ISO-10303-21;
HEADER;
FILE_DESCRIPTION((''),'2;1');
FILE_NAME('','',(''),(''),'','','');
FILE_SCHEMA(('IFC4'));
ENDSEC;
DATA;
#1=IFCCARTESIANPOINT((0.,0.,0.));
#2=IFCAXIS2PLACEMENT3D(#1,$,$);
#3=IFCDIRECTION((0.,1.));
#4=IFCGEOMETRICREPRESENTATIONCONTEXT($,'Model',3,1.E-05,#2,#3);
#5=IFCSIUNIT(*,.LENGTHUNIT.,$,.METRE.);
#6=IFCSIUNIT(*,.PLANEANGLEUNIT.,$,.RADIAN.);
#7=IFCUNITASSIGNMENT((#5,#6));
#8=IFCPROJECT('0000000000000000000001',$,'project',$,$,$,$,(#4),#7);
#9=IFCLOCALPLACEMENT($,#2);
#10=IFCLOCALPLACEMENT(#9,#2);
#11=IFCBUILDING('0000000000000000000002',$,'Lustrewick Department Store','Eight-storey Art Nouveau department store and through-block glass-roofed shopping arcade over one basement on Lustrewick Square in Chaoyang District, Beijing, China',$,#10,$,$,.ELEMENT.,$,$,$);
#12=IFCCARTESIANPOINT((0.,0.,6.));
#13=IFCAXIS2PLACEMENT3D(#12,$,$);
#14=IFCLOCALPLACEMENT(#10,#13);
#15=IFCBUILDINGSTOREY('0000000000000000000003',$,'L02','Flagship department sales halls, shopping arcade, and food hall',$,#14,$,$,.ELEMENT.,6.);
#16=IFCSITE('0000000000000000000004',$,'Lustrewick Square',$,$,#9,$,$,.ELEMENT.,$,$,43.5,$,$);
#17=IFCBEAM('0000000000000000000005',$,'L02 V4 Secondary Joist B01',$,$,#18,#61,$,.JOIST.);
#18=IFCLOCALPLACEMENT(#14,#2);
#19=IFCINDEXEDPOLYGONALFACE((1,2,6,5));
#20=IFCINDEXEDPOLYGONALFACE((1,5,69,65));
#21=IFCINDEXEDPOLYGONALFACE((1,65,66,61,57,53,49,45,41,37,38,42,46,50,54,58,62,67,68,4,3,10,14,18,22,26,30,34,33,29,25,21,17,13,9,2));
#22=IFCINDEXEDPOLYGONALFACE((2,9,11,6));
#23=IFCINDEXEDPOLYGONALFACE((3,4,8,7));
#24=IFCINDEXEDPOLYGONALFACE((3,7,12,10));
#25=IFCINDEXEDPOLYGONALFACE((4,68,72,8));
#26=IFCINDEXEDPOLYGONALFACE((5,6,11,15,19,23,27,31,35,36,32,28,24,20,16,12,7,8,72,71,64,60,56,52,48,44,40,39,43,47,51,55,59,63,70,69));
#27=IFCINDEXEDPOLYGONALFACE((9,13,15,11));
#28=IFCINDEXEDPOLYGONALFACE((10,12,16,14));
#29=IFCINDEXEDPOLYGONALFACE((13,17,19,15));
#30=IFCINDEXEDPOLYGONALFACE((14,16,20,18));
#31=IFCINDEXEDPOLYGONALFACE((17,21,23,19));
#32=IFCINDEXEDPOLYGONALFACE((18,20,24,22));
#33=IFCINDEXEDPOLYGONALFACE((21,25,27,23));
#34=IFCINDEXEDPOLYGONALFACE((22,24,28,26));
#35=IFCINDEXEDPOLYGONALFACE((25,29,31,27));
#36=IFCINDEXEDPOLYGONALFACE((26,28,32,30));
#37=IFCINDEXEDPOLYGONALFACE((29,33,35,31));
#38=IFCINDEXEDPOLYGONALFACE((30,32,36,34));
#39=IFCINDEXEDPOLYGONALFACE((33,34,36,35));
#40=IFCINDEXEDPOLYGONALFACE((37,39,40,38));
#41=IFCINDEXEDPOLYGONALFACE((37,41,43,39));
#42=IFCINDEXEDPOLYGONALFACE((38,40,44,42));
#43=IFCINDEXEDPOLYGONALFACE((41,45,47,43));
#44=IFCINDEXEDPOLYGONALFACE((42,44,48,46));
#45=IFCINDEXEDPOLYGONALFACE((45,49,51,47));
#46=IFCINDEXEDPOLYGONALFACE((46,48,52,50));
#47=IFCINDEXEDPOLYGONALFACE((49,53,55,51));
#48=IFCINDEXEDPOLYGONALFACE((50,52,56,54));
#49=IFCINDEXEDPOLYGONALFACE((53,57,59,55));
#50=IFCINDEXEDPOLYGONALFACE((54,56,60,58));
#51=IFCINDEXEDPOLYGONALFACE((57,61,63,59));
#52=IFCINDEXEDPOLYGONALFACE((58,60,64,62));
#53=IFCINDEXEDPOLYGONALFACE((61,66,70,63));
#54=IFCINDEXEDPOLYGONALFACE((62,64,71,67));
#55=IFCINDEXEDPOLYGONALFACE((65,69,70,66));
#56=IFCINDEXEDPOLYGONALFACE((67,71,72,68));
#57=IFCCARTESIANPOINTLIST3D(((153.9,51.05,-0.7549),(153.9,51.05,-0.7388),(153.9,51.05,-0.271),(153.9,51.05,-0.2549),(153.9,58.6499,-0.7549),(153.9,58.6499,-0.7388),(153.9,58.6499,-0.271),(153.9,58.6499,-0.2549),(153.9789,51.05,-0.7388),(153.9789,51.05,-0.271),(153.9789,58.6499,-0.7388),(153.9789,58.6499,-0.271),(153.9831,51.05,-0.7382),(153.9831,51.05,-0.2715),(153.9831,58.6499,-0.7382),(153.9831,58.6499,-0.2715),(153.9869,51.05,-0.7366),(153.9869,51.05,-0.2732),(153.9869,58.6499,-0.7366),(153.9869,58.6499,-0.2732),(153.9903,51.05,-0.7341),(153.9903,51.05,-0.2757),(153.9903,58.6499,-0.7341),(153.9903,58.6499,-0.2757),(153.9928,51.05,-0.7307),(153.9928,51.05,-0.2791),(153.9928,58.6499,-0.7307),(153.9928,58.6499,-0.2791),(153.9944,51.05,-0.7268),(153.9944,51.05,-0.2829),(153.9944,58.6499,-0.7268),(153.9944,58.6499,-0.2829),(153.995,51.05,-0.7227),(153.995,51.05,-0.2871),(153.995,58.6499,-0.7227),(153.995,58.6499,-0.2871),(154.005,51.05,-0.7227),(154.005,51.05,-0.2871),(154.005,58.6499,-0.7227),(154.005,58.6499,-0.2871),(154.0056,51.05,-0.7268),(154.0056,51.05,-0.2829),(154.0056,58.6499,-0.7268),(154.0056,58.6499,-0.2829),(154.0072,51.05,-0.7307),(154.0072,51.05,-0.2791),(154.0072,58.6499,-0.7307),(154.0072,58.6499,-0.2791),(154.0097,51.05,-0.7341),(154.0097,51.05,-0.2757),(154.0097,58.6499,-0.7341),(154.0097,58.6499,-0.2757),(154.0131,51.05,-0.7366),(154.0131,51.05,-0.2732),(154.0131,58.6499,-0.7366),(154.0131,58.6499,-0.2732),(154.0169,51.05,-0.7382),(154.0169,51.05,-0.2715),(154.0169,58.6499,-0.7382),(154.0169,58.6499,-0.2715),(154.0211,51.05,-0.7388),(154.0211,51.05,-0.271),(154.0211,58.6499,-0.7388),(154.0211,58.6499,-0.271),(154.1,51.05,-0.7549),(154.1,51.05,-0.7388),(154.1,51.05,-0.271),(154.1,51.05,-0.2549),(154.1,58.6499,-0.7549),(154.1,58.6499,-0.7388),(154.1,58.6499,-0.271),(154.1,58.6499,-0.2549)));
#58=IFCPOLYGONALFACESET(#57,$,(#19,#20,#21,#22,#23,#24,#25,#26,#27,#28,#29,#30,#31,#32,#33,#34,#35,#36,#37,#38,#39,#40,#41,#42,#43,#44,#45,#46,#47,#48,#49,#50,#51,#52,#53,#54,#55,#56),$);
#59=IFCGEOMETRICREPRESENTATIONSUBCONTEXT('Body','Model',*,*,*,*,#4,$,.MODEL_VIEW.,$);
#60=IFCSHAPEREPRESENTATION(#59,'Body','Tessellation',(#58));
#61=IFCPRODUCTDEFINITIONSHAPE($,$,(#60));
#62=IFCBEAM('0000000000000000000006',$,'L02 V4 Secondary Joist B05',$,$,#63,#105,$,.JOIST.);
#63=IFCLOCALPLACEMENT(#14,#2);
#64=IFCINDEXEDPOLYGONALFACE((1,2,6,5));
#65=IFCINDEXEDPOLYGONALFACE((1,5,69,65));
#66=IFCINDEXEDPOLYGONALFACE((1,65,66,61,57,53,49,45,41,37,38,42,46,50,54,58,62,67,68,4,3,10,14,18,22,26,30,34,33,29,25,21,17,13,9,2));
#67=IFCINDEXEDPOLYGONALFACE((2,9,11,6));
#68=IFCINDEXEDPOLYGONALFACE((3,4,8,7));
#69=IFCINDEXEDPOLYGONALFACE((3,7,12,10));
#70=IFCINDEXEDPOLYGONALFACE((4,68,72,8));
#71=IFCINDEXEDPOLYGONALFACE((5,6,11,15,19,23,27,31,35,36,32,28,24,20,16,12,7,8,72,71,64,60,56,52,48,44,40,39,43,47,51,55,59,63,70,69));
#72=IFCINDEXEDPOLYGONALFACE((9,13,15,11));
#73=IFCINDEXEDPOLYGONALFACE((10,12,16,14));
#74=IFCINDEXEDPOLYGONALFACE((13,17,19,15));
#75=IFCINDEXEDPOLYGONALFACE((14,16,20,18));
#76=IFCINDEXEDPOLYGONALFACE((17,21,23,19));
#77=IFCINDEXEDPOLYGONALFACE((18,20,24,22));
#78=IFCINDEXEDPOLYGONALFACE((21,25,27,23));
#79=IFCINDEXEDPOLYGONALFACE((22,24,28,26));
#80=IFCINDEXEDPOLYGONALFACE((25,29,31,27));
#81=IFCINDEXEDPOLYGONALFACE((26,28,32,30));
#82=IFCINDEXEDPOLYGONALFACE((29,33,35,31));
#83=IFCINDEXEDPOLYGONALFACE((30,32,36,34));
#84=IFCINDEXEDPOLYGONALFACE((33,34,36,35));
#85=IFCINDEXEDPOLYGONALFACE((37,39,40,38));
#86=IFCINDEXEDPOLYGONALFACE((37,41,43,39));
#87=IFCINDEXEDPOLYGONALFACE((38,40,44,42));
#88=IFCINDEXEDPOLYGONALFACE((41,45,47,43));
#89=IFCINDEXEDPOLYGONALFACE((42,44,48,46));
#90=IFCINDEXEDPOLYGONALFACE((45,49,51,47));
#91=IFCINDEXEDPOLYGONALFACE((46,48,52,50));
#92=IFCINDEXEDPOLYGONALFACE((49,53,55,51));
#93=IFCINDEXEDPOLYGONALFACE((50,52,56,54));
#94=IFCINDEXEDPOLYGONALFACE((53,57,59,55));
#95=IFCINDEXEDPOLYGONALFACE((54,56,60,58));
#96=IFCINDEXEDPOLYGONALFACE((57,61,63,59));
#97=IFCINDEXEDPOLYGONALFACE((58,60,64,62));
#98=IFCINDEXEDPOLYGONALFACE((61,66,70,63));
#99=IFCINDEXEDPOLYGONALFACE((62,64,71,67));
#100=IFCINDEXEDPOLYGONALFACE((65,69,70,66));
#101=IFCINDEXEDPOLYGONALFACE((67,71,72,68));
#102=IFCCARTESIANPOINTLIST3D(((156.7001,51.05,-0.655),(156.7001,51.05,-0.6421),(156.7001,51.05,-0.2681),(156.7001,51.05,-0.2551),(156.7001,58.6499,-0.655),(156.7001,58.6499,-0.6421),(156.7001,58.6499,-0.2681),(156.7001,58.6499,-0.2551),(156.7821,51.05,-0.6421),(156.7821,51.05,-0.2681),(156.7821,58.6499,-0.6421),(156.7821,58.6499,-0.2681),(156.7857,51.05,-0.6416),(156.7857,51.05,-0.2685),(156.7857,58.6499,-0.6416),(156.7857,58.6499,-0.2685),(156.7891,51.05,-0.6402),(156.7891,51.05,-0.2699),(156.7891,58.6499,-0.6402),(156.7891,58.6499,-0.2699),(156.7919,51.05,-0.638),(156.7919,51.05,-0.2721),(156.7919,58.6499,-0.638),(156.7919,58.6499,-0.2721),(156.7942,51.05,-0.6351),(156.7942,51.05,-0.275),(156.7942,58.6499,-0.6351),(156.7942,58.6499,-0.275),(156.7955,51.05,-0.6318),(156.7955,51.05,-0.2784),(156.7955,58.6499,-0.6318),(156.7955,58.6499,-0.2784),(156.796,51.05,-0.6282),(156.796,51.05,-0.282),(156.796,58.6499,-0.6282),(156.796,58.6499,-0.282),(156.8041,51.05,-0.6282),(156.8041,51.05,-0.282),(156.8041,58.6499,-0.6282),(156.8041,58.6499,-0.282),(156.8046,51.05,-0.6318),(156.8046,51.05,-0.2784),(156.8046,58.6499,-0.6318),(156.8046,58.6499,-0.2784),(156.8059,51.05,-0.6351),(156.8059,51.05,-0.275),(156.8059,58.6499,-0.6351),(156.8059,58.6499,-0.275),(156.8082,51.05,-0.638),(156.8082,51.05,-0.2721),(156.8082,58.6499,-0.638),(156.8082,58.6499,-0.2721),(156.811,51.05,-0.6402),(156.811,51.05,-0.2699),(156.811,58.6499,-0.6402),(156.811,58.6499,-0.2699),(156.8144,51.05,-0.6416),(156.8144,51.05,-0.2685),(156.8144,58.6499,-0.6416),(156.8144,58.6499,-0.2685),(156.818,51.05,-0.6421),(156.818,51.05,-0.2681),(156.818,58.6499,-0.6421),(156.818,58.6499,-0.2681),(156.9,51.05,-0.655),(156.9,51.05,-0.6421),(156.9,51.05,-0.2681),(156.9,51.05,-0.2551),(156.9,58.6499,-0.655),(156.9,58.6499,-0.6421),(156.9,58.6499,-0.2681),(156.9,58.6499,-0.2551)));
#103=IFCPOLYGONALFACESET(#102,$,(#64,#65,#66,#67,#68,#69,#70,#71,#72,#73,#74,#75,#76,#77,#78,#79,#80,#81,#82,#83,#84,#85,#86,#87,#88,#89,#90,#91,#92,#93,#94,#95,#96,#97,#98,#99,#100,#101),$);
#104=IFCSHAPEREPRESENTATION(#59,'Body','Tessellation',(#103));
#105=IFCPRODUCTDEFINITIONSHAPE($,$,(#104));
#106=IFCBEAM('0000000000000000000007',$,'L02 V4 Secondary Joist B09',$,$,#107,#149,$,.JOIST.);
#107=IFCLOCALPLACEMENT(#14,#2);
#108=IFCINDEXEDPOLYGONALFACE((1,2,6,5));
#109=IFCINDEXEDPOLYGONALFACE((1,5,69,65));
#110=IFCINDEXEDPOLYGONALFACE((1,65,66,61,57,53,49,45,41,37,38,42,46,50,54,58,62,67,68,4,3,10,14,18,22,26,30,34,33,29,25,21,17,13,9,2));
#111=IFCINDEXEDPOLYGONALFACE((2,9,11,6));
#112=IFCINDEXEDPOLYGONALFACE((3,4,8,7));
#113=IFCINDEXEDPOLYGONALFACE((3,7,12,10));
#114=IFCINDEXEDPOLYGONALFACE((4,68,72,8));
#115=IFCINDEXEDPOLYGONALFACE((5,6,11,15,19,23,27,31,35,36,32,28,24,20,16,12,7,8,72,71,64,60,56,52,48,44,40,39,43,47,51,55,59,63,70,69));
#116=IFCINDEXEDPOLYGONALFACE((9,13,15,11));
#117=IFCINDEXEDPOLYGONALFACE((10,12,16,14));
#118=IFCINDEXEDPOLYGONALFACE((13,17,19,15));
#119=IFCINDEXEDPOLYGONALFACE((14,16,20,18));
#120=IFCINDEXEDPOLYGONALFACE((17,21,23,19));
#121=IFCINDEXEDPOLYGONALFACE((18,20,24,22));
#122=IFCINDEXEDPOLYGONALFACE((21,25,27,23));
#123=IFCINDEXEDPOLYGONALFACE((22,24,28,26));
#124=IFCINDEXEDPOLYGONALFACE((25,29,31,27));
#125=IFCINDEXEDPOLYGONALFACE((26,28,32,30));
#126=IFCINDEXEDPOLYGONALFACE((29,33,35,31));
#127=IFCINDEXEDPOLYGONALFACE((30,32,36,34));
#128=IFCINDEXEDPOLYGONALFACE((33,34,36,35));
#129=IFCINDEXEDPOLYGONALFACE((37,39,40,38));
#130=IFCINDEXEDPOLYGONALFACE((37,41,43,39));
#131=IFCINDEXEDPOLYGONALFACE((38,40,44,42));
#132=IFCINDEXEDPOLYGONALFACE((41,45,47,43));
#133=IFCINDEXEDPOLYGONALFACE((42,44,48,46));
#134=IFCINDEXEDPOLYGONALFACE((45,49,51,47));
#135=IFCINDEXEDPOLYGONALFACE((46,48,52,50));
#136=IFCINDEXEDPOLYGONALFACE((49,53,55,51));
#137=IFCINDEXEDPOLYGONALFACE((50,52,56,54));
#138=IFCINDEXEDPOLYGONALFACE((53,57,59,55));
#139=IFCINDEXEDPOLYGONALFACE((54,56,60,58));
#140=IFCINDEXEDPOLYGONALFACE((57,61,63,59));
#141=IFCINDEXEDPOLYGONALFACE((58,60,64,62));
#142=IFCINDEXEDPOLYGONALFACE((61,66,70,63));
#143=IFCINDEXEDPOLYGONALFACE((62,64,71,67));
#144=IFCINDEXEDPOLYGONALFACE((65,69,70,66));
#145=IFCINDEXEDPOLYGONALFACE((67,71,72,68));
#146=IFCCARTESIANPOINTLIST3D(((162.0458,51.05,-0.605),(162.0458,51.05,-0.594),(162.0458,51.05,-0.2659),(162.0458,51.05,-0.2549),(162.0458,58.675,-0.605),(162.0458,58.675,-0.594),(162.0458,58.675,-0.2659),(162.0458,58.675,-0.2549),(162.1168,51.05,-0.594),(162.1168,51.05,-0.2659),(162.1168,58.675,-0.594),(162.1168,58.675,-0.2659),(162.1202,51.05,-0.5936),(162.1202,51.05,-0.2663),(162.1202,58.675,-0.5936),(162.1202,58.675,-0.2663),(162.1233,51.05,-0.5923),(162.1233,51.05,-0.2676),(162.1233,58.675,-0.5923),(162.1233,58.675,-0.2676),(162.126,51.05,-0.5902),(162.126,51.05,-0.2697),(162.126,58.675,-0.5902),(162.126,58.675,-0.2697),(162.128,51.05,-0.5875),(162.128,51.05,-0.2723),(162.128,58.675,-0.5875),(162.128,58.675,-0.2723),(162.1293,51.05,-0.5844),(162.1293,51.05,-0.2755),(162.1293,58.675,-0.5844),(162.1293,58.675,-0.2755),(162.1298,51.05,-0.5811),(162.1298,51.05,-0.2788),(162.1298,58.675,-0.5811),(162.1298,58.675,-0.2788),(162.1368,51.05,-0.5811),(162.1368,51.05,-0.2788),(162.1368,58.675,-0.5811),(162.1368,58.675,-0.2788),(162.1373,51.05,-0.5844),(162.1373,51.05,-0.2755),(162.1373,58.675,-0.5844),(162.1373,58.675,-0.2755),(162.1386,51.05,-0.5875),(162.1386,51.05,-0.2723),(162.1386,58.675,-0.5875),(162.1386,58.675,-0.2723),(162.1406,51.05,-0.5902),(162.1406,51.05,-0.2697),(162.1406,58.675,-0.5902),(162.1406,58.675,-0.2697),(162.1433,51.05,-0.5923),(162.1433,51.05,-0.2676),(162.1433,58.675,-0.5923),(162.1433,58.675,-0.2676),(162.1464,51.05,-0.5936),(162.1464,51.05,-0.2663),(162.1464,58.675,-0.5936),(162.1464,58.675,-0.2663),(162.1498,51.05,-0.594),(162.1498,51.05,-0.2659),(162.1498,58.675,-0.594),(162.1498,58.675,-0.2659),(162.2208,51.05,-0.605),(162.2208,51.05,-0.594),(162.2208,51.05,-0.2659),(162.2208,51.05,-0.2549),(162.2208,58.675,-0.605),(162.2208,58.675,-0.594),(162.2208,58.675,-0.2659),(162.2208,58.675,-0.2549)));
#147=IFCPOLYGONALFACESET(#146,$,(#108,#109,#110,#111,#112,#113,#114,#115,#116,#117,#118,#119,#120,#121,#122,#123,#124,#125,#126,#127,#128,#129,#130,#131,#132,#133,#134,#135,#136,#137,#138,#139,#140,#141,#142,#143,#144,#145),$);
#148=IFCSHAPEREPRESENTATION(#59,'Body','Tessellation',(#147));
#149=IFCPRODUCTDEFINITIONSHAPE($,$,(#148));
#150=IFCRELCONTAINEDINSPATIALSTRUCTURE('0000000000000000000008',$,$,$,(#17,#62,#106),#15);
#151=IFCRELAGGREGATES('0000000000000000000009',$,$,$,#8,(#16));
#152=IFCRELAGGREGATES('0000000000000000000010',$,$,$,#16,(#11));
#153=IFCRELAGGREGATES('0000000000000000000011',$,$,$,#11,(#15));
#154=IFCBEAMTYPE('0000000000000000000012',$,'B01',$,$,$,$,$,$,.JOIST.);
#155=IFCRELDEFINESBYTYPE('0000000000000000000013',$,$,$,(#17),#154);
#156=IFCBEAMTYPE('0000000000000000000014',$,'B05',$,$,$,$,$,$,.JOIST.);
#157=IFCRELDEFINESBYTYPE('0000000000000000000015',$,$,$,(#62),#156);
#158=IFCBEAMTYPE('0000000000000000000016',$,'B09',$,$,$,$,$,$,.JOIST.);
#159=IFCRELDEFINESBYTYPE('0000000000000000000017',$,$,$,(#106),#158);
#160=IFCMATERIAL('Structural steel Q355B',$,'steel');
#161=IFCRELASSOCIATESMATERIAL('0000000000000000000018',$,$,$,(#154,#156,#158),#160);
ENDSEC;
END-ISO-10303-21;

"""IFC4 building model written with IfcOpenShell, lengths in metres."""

from ifc_helpers import new_model, si_unit, direction, frame, origin, origin_2d, place, context, subcontext, project, spatial, i_section, extrude, material, material_profile, profile_set, type_object, element, save


model = new_model("IFC4")

# Units and contexts
model_context = context("Model", 3, precision=1e-05, world=origin(), true_north=direction((0.0, 1.0)))
body_context = subcontext(model_context, "Body", "Model", "MODEL_VIEW")
ifc_project = project(units=[si_unit("LENGTHUNIT", "METRE"), si_unit("PLANEANGLEUNIT", "RADIAN")], contexts=[model_context])

# Site, building, storey
site_placement = place(None, origin())
site = spatial("IfcSite", under=ifc_project, at=site_placement, Name="Lustrewick Square", CompositionType="ELEMENT", RefElevation=43.5)
building_placement = place(site_placement, origin())
building = spatial("IfcBuilding", under=site, at=building_placement, Name="Lustrewick Department Store", Description="Eight-storey Art Nouveau department store and through-block glass-roofed shopping arcade over one basement on Lustrewick Square in Chaoyang District, Beijing, China", CompositionType="ELEMENT")
storey_placement = place(building_placement, frame((0.0, 0.0, 6.0)))
storey = spatial("IfcBuildingStorey", under=building, at=storey_placement, Name="L02", Description="Flagship department sales halls, shopping arcade, and food hall", CompositionType="ELEMENT", Elevation=6.0)

# Shared definitions
ifc_material_1 = material(Name="Structural steel Q355B", Category="steel")

# Beams
ifc_material_profile_1 = material_profile(ifc_material_1, i_section(OverallWidth=0.2, OverallDepth=0.5, WebThickness=0.01, FlangeThickness=0.0161, FilletRadius=0.0161, at=origin_2d()), Name="HN 500x200x10x16")
ifc_profile_set_1 = profile_set([ifc_material_profile_1], Name="Structural steel Q355B")
beam_type_1 = type_object("IfcBeamType", Name="B01", PredefinedType="JOIST", material=ifc_profile_set_1)
beam_1_placement = place(storey_placement, frame((154.0, 51.05, -0.5049), z_axis=(0.0, 1.0, 0.0), x_axis=(-1.0, 0.0, 0.0)))
element("IfcBeam", 1, at=beam_1_placement, inside=storey, type_object=beam_type_1, Name="L02 V4 Secondary Joist B01", PredefinedType="JOIST", context=body_context, shape_type="SweptSolid", body=[
    extrude(i_section(OverallWidth=0.2, OverallDepth=0.5, WebThickness=0.01, FlangeThickness=0.0161, FilletRadius=0.0161, at=origin_2d()), origin(), (0.0, 0.0, 1.0), 7.5999),
])
ifc_material_profile_2 = material_profile(ifc_material_1, i_section(OverallWidth=0.2, OverallDepth=0.3999, WebThickness=0.0081, FlangeThickness=0.0129, FilletRadius=0.0139, at=origin_2d()), Name="HN 400x200x8x13")
ifc_profile_set_2 = profile_set([ifc_material_profile_2], Name="Structural steel Q355B")
beam_type_2 = type_object("IfcBeamType", Name="B05", PredefinedType="JOIST", material=ifc_profile_set_2)
beam_2_placement = place(storey_placement, frame((156.8, 51.05, -0.4551), z_axis=(0.0, 1.0, 0.0), x_axis=(-1.0, 0.0, 0.0)))
element("IfcBeam", 2, at=beam_2_placement, inside=storey, type_object=beam_type_2, Name="L02 V4 Secondary Joist B05", PredefinedType="JOIST", context=body_context, shape_type="SweptSolid", body=[
    extrude(i_section(OverallWidth=0.2, OverallDepth=0.3999, WebThickness=0.0081, FlangeThickness=0.0129, FilletRadius=0.0139, at=origin_2d()), origin(), (0.0, 0.0, 1.0), 7.5999),
])
ifc_material_profile_3 = material_profile(ifc_material_1, i_section(OverallWidth=0.175, OverallDepth=0.3501, WebThickness=0.0071, FlangeThickness=0.011, FilletRadius=0.0129, at=origin_2d()), Name="HN 350x175x7x11")
ifc_profile_set_3 = profile_set([ifc_material_profile_3], Name="Structural steel Q355B")
beam_type_3 = type_object("IfcBeamType", Name="B09", PredefinedType="JOIST", material=ifc_profile_set_3)
beam_3_placement = place(storey_placement, frame((162.1333, 51.05, -0.4299), z_axis=(0.0, 1.0, 0.0), x_axis=(-1.0, 0.0, 0.0)))
element("IfcBeam", 3, at=beam_3_placement, inside=storey, type_object=beam_type_3, Name="L02 V4 Secondary Joist B09", PredefinedType="JOIST", context=body_context, shape_type="SweptSolid", body=[
    extrude(i_section(OverallWidth=0.175, OverallDepth=0.3501, WebThickness=0.0071, FlangeThickness=0.011, FilletRadius=0.0129, at=origin_2d()), origin(), (0.0, 0.0, 1.0), 7.625),
])

save(model, "model.ifc")
